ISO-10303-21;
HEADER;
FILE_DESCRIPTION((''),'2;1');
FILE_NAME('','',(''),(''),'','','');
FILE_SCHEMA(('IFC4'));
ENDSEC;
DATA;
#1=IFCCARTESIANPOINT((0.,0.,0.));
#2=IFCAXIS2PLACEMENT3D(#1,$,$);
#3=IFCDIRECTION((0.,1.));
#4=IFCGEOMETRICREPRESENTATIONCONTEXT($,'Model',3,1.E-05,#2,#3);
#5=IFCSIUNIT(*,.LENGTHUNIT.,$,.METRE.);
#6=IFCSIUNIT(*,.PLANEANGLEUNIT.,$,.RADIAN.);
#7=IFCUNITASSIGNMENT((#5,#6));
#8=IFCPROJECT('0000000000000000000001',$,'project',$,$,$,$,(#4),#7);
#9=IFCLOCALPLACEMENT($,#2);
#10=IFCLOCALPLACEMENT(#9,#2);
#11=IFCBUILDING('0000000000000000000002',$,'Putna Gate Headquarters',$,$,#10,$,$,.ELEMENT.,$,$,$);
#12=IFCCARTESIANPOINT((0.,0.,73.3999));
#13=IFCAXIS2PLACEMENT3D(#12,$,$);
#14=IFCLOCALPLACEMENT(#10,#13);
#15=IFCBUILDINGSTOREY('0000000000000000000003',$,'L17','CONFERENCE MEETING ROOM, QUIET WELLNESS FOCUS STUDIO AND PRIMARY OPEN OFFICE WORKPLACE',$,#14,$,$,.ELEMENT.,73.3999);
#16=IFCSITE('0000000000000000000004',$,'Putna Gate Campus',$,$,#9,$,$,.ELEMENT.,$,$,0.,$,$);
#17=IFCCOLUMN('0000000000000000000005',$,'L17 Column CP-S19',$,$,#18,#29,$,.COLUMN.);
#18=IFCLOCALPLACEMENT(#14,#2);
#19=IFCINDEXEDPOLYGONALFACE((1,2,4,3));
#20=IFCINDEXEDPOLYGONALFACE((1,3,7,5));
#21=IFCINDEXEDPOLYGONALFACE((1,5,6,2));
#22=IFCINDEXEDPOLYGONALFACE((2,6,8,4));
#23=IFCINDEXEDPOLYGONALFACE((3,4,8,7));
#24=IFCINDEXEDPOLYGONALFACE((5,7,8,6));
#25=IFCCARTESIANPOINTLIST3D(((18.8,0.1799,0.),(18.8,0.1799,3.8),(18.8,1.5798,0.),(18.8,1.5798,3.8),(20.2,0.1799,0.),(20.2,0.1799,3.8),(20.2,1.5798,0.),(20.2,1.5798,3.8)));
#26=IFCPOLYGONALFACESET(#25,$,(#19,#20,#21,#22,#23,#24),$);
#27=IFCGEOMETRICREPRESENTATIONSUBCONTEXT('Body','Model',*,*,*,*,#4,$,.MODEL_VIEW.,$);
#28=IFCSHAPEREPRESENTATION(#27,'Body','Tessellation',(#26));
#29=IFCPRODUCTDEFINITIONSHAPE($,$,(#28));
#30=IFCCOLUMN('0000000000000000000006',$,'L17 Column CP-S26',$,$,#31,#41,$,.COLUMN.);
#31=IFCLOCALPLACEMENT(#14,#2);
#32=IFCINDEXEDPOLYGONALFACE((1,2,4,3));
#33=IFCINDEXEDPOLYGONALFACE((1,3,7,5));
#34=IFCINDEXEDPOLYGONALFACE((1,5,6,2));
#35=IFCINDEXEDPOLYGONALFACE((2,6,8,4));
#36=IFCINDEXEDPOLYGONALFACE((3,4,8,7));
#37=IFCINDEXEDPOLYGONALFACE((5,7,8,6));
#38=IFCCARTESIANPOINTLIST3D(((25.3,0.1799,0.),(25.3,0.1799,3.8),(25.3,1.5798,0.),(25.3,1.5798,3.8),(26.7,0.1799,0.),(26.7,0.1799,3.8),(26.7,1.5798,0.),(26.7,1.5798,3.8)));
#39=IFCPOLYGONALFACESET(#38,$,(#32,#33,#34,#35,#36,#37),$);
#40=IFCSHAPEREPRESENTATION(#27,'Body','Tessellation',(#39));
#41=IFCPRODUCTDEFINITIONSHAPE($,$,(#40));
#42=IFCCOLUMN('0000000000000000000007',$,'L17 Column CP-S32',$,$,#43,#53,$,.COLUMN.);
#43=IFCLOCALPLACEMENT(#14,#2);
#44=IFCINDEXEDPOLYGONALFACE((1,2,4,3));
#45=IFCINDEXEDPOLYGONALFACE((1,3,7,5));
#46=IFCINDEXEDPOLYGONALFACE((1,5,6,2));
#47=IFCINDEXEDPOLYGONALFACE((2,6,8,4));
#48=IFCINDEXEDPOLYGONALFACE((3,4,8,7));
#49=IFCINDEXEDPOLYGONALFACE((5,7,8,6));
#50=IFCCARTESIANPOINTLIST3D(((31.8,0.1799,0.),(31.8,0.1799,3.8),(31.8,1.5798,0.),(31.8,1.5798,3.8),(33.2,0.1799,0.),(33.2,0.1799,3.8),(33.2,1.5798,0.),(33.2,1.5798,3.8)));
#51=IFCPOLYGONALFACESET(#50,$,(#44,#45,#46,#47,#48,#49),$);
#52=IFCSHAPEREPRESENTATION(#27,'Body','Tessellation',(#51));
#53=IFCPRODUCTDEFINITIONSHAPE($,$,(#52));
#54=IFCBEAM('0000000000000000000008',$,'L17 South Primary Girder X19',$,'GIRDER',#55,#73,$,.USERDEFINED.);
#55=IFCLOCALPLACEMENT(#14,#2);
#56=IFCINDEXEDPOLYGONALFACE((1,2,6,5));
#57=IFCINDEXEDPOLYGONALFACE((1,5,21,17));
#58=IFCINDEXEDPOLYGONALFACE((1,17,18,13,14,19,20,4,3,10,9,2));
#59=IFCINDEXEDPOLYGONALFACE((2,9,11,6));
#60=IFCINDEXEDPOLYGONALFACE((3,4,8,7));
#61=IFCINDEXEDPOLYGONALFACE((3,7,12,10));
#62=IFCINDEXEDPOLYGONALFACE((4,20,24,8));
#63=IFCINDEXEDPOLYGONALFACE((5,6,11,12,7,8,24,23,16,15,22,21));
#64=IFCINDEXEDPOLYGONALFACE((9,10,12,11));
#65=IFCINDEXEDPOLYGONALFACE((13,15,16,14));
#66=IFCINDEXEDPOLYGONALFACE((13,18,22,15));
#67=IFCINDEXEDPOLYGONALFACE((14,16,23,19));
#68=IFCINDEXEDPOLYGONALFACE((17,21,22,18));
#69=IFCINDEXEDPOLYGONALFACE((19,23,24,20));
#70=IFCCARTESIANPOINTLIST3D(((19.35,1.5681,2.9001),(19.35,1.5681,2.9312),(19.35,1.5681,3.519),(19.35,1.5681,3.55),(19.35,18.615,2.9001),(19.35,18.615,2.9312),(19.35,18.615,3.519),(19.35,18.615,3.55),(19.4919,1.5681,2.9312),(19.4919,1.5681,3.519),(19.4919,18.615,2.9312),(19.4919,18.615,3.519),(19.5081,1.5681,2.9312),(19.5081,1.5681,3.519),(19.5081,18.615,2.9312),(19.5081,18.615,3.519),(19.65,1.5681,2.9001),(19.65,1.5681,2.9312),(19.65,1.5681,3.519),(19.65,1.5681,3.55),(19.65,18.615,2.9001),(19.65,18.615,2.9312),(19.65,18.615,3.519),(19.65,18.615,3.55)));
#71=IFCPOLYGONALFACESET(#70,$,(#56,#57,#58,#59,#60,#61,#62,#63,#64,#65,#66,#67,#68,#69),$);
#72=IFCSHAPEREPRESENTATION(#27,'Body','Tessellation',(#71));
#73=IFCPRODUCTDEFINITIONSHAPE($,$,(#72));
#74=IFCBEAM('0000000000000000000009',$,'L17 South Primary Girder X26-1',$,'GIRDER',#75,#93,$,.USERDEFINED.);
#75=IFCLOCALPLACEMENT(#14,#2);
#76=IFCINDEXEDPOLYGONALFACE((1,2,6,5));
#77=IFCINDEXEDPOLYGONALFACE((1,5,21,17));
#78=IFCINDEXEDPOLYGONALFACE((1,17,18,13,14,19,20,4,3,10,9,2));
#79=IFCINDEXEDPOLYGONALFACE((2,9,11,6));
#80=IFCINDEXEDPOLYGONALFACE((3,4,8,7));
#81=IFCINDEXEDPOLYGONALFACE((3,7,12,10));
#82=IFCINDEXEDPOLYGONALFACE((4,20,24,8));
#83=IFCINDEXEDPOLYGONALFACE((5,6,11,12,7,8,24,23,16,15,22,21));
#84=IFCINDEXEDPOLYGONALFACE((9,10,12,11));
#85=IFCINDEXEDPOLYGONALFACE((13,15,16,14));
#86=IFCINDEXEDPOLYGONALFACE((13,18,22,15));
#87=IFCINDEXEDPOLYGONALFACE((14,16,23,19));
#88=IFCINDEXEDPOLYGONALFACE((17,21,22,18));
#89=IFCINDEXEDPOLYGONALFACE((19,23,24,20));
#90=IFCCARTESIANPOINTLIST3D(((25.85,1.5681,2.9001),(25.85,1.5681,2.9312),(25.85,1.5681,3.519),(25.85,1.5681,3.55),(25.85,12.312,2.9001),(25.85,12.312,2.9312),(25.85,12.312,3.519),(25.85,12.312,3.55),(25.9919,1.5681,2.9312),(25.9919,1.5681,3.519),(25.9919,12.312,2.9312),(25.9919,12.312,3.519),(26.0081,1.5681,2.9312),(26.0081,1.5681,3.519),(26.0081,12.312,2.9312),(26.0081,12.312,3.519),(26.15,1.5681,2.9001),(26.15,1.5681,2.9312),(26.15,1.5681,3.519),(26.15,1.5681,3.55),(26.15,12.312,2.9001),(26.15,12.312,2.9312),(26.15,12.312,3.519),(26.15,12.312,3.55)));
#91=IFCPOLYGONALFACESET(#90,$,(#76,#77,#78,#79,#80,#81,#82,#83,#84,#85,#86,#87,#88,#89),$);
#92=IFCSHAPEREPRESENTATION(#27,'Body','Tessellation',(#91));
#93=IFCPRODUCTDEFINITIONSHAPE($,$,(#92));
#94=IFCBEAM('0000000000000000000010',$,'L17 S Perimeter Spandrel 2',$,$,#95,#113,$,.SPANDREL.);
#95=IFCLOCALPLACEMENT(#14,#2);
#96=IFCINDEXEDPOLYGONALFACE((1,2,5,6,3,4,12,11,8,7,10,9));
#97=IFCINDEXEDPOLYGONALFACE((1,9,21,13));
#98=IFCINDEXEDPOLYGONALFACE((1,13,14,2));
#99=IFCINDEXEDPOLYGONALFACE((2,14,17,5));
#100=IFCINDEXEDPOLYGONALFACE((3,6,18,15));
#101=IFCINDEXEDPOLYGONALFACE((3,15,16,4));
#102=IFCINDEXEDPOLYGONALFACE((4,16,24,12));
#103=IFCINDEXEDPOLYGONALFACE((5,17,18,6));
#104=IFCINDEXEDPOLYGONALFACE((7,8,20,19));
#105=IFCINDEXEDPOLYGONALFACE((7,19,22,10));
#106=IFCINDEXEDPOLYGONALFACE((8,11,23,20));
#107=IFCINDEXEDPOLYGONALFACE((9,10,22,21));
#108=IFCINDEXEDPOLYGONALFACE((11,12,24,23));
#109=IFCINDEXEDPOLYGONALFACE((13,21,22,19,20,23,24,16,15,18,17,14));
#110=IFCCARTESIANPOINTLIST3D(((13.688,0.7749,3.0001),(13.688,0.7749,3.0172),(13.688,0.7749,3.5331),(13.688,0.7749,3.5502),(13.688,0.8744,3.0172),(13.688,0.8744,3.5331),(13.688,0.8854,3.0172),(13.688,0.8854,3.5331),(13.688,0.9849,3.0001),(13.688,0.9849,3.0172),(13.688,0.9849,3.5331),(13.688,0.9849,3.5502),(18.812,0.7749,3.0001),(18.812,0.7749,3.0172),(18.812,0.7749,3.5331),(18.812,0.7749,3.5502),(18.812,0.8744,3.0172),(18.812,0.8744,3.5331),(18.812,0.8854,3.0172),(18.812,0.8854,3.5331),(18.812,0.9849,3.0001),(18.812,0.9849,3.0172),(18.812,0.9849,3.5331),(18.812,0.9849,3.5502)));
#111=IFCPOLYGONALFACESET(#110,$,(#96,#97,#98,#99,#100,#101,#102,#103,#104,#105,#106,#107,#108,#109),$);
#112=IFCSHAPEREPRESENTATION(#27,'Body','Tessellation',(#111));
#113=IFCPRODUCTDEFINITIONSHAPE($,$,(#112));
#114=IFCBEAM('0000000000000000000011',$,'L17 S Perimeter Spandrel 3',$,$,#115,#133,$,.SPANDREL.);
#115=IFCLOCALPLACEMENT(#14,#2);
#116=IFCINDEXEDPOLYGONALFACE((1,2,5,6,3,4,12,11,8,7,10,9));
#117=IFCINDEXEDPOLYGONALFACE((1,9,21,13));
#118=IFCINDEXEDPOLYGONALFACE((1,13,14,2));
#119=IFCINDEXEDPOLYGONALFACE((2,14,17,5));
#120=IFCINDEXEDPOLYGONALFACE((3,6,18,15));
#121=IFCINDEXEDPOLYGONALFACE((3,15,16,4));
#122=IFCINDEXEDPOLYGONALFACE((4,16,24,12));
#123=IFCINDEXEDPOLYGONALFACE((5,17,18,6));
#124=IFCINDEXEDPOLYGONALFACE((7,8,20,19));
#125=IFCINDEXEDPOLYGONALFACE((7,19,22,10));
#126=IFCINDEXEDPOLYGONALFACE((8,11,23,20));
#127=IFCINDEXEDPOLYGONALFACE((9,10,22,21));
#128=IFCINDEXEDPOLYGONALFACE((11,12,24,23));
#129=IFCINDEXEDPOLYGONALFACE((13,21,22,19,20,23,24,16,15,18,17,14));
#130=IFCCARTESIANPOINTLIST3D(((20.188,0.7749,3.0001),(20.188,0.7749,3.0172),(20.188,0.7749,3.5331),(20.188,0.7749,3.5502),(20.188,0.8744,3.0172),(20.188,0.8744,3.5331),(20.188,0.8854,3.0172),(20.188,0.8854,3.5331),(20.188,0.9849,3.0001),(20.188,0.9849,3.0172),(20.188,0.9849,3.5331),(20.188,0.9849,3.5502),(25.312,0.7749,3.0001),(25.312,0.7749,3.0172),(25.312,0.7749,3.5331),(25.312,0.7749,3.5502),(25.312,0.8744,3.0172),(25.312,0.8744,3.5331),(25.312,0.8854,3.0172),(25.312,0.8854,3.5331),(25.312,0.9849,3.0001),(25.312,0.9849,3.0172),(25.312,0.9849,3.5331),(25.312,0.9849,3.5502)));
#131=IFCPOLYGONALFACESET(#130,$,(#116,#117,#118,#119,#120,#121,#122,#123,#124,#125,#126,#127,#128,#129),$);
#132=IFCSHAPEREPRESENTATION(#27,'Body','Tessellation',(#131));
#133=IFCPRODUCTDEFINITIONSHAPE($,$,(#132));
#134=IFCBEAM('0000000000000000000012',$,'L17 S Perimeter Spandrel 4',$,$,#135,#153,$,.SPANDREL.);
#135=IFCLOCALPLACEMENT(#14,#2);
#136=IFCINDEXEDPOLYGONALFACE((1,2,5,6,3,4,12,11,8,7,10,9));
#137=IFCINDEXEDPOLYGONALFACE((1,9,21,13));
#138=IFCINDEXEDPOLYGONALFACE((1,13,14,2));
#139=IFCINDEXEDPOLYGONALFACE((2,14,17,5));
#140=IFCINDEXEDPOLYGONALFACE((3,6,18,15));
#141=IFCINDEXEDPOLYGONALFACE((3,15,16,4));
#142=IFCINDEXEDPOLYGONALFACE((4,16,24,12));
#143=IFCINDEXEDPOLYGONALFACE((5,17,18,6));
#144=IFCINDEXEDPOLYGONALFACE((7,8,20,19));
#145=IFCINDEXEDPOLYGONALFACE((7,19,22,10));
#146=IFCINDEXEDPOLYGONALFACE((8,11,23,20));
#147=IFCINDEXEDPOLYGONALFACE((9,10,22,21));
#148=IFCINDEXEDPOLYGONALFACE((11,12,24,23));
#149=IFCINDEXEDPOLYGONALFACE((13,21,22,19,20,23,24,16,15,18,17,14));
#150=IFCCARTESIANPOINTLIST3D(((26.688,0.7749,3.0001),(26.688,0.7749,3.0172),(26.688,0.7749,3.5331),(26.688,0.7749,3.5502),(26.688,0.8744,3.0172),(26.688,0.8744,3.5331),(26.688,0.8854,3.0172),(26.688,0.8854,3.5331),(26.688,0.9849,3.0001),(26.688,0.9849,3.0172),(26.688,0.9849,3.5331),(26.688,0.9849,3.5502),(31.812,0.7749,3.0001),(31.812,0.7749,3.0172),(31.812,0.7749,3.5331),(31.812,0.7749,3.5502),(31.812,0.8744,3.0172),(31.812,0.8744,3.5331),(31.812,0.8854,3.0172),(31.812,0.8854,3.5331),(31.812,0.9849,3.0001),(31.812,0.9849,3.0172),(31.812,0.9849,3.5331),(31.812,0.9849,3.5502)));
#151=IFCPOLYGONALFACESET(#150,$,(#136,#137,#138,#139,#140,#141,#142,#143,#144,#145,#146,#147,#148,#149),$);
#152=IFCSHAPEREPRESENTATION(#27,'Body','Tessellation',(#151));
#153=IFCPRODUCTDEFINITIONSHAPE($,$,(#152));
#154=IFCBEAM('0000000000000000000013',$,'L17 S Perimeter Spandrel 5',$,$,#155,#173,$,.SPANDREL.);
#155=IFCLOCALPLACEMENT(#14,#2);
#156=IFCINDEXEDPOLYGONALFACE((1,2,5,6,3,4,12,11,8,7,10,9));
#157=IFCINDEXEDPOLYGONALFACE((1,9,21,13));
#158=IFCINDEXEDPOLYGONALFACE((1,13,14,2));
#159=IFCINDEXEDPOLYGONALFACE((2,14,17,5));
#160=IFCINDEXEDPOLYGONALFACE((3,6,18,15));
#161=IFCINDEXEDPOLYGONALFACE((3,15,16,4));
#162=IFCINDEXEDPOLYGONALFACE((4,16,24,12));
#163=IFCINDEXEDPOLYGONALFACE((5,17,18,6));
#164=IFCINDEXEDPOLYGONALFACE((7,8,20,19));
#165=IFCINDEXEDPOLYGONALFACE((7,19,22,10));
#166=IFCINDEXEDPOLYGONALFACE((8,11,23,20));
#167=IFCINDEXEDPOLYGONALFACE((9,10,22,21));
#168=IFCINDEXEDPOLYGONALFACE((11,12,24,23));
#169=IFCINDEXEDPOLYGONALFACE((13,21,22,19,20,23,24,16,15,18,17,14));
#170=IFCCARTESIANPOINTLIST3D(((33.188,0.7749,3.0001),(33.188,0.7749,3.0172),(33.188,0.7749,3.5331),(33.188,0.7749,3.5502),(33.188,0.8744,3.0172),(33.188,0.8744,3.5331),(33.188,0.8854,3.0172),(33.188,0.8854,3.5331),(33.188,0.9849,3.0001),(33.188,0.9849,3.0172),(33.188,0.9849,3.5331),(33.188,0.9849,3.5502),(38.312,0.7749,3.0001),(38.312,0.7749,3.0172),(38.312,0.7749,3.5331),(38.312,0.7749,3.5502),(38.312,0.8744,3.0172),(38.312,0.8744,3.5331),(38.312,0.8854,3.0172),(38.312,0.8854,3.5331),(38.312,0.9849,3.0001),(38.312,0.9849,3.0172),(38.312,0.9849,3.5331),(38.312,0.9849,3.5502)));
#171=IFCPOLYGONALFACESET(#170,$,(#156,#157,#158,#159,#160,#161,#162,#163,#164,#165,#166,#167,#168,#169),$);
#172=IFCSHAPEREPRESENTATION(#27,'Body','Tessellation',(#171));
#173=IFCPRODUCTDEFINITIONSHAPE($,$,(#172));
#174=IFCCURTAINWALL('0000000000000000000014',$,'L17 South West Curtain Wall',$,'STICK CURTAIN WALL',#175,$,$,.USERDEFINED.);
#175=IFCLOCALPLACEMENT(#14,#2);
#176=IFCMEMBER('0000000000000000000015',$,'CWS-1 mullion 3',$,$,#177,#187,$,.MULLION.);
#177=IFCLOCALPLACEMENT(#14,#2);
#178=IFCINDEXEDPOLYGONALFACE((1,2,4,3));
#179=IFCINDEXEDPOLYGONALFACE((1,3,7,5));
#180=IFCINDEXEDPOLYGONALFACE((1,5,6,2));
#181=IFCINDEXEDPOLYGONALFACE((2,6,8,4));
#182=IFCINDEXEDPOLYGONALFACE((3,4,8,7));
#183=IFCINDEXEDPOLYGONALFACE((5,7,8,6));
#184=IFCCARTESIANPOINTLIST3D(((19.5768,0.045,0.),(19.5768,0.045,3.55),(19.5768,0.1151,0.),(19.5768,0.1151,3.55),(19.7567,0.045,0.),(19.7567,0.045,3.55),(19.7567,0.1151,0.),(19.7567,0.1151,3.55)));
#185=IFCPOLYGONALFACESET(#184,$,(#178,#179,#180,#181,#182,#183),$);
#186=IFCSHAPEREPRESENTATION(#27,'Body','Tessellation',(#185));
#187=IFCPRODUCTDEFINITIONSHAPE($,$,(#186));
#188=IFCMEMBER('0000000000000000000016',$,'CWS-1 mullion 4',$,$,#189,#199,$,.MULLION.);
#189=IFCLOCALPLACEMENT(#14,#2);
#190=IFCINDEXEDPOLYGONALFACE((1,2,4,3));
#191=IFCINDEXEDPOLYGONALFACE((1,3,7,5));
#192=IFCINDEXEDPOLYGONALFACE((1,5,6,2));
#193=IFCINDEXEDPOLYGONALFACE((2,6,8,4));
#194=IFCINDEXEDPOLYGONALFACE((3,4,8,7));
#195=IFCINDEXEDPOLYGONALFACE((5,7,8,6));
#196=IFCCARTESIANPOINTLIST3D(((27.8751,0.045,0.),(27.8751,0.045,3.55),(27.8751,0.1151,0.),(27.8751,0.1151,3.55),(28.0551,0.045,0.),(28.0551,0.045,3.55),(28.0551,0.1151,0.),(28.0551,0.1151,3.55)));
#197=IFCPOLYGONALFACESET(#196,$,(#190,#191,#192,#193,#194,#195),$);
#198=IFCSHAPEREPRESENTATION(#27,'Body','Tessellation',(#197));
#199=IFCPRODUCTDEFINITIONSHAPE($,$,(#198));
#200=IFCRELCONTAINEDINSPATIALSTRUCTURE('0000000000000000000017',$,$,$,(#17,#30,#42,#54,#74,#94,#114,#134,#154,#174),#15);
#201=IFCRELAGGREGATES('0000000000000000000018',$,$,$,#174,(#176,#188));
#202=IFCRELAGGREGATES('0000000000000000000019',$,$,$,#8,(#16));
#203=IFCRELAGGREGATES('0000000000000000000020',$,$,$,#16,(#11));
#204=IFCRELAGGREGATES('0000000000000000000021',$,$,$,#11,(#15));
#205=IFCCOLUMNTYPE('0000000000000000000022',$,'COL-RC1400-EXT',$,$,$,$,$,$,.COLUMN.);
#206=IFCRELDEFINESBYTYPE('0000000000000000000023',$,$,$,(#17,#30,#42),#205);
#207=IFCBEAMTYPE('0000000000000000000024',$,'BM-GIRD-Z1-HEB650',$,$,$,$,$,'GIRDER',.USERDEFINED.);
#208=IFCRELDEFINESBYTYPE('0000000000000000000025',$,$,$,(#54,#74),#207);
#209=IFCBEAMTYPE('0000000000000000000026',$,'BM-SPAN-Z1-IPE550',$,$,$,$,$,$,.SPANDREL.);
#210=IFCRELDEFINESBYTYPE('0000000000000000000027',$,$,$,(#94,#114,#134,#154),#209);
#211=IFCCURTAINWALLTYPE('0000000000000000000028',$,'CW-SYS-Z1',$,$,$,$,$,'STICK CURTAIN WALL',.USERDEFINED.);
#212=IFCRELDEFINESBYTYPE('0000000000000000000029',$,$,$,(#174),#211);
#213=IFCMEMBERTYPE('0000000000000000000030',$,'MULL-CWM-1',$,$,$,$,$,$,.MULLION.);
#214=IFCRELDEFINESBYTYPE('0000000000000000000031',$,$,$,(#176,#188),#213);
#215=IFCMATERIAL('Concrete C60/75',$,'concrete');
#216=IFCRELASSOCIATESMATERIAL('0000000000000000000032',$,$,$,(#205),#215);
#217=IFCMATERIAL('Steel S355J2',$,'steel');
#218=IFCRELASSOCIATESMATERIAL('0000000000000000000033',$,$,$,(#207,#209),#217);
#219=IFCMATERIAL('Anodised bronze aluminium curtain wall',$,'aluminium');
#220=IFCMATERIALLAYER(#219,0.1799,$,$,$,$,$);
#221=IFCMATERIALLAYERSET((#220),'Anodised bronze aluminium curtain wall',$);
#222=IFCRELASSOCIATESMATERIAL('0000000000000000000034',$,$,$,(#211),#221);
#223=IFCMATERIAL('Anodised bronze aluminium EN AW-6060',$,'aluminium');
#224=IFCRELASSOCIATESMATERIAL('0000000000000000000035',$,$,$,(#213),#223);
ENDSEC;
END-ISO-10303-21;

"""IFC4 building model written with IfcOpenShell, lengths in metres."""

from ifc_helpers import new_model, si_unit, direction, frame, origin, origin_2d, place, context, subcontext, project, spatial, rectangle, i_section, extrude, material, layer, layer_set, material_profile, profile_set, type_object, element, aggregate, save


model = new_model("IFC4")

# Units and contexts
model_context = context("Model", 3, precision=1e-05, world=origin(), true_north=direction((0.0, 1.0)))
body_context = subcontext(model_context, "Body", "Model", "MODEL_VIEW")
ifc_project = project(units=[si_unit("LENGTHUNIT", "METRE"), si_unit("PLANEANGLEUNIT", "RADIAN")], contexts=[model_context])

# Site, building, storey
site_placement = place(None, origin())
site = spatial("IfcSite", under=ifc_project, at=site_placement, Name="Putna Gate Campus", CompositionType="ELEMENT", RefElevation=0.0)
building_placement = place(site_placement, origin())
building = spatial("IfcBuilding", under=site, at=building_placement, Name="Putna Gate Headquarters", CompositionType="ELEMENT")
storey_placement = place(building_placement, frame((0.0, 0.0, 73.3999)))
storey = spatial("IfcBuildingStorey", under=building, at=storey_placement, Name="L17", Description="CONFERENCE MEETING ROOM, QUIET WELLNESS FOCUS STUDIO AND PRIMARY OPEN OFFICE WORKPLACE", CompositionType="ELEMENT", Elevation=73.3999)

# Columns
ifc_material_1 = material(Name="Concrete C60/75", Category="concrete")
ifc_material_profile_1 = material_profile(ifc_material_1, rectangle(XDim=1.3999, YDim=1.3999, at=origin_2d()), Name="Concrete C60/75")
ifc_profile_set_1 = profile_set([ifc_material_profile_1], Name="Concrete C60/75")
column_type = type_object("IfcColumnType", Name="COL-RC1400-EXT", PredefinedType="COLUMN", material=ifc_profile_set_1)
for number, where, z_axis, x_axis, name in (
    (1, (19.5, 0.8799, 0.0), (0.0, 0.0, 1.0), (1.0, 0.0, 0.0), "L17 Column CP-S19"),
    (2, (26.0, 0.8799, 0.0), (0.0, 0.0, 1.0), (1.0, 0.0, 0.0), "L17 Column CP-S26"),
    (3, (32.5, 0.8799, 0.0), (0.0, 0.0, 1.0), (1.0, 0.0, 0.0), "L17 Column CP-S32"),
):
    element("IfcColumn", number, at=place(storey_placement, frame(where, z_axis=z_axis, x_axis=x_axis)), inside=storey, type_object=column_type, Name=name, PredefinedType="COLUMN", context=body_context, shape_type="SweptSolid", body=[
        extrude(rectangle(XDim=1.3999, YDim=1.3999, at=origin_2d()), origin(), (0.0, 0.0, 1.0), 3.8),
    ])

# Beams
ifc_material_2 = material(Name="Steel S355J2", Category="steel")
ifc_material_profile_2 = material_profile(ifc_material_2, i_section(OverallWidth=0.3, OverallDepth=0.6499, WebThickness=0.0161, FlangeThickness=0.031, at=origin_2d()), Name="Steel S355J2")
ifc_profile_set_2 = profile_set([ifc_material_profile_2], Name="Steel S355J2")
beam_type_1 = type_object("IfcBeamType", Name="BM-GIRD-Z1-HEB650", ElementType="GIRDER", PredefinedType="USERDEFINED", material=ifc_profile_set_2)
beam_1_placement = place(storey_placement, frame((19.5, 1.5681, 3.2251), z_axis=(0.0, 1.0, 0.0), x_axis=(-1.0, 0.0, 0.0)))
element("IfcBeam", 4, at=beam_1_placement, inside=storey, type_object=beam_type_1, Name="L17 South Primary Girder X19", ObjectType="GIRDER", PredefinedType="USERDEFINED", context=body_context, shape_type="SweptSolid", body=[
    extrude(i_section(OverallWidth=0.3, OverallDepth=0.6499, WebThickness=0.0161, FlangeThickness=0.031, at=origin_2d()), origin(), (0.0, 0.0, 1.0), 17.0469),
])
beam_2_placement = place(storey_placement, frame((26.0, 1.5681, 3.2251), z_axis=(0.0, 1.0, 0.0), x_axis=(-1.0, 0.0, 0.0)))
element("IfcBeam", 5, at=beam_2_placement, inside=storey, type_object=beam_type_1, Name="L17 South Primary Girder X26-1", ObjectType="GIRDER", PredefinedType="USERDEFINED", context=body_context, shape_type="SweptSolid", body=[
    extrude(i_section(OverallWidth=0.3, OverallDepth=0.6499, WebThickness=0.0161, FlangeThickness=0.031, at=origin_2d()), origin(), (0.0, 0.0, 1.0), 10.7439),
])
ifc_material_profile_3 = material_profile(ifc_material_2, i_section(OverallWidth=0.21, OverallDepth=0.55, WebThickness=0.011, FlangeThickness=0.0171, at=origin_2d()), Name="Steel S355J2")
ifc_profile_set_3 = profile_set([ifc_material_profile_3], Name="Steel S355J2")
beam_type_2 = type_object("IfcBeamType", Name="BM-SPAN-Z1-IPE550", PredefinedType="SPANDREL", material=ifc_profile_set_3)
for number, where, z_axis, x_axis, name in (
    (6, (13.688, 0.8799, 3.2751), (1.0, 0.0, 0.0), (0.0, 1.0, 0.0), "L17 S Perimeter Spandrel 2"),
    (7, (20.188, 0.8799, 3.2751), (1.0, 0.0, 0.0), (0.0, 1.0, 0.0), "L17 S Perimeter Spandrel 3"),
    (8, (26.688, 0.8799, 3.2751), (1.0, 0.0, 0.0), (0.0, 1.0, 0.0), "L17 S Perimeter Spandrel 4"),
    (9, (33.188, 0.8799, 3.2751), (1.0, 0.0, 0.0), (0.0, 1.0, 0.0), "L17 S Perimeter Spandrel 5"),
):
    element("IfcBeam", number, at=place(storey_placement, frame(where, z_axis=z_axis, x_axis=x_axis)), inside=storey, type_object=beam_type_2, Name=name, PredefinedType="SPANDREL", context=body_context, shape_type="SweptSolid", body=[
        extrude(i_section(OverallWidth=0.21, OverallDepth=0.55, WebThickness=0.011, FlangeThickness=0.0171, at=origin_2d()), origin(), (0.0, 0.0, 1.0), 5.124),
    ])

# Curtain wall, members
ifc_material_3 = material(Name="Anodised bronze aluminium curtain wall", Category="aluminium")
ifc_layer_1 = layer(ifc_material_3, 0.1799)
ifc_layer_set_1 = layer_set([ifc_layer_1], Name="Anodised bronze aluminium curtain wall")
curtain_wall_type_1 = type_object("IfcCurtainWallType", Name="CW-SYS-Z1", ElementType="STICK CURTAIN WALL", PredefinedType="USERDEFINED", material=ifc_layer_set_1)
curtain_wall_1_placement = place(storey_placement, origin())
curtain_wall_1 = element("IfcCurtainWall", 10, at=curtain_wall_1_placement, inside=storey, type_object=curtain_wall_type_1, Name="L17 South West Curtain Wall", ObjectType="STICK CURTAIN WALL", PredefinedType="USERDEFINED")
ifc_material_4 = material(Name="Anodised bronze aluminium EN AW-6060", Category="aluminium")
ifc_material_profile_4 = material_profile(ifc_material_4, rectangle(XDim=0.0701, YDim=0.1799, at=origin_2d()), Name="Anodised bronze aluminium EN AW-6060")
ifc_profile_set_4 = profile_set([ifc_material_profile_4], Name="Anodised bronze aluminium EN AW-6060")
member_type_1 = type_object("IfcMemberType", Name="MULL-CWM-1", PredefinedType="MULLION", material=ifc_profile_set_4)
member_1_placement = place(storey_placement, frame((19.6667, 0.0801, 0.0), z_axis=(0.0, 0.0, 1.0), x_axis=(0.0, 1.0, 0.0)))
member_1 = element("IfcMember", 11, at=member_1_placement, type_object=member_type_1, Name="CWS-1 mullion 3", PredefinedType="MULLION", context=body_context, shape_type="SweptSolid", body=[
    extrude(rectangle(XDim=0.0701, YDim=0.1799, at=origin_2d()), origin(), (0.0, 0.0, 1.0), 3.55),
])
member_2_placement = place(storey_placement, frame((27.9651, 0.0801, 0.0), z_axis=(0.0, 0.0, 1.0), x_axis=(0.0, 1.0, 0.0)))
member_2 = element("IfcMember", 12, at=member_2_placement, type_object=member_type_1, Name="CWS-1 mullion 4", PredefinedType="MULLION", context=body_context, shape_type="SweptSolid", body=[
    extrude(rectangle(XDim=0.0701, YDim=0.1799, at=origin_2d()), origin(), (0.0, 0.0, 1.0), 3.55),
])

aggregate(curtain_wall_1, [member_1, member_2])

save(model, "model.ifc")
